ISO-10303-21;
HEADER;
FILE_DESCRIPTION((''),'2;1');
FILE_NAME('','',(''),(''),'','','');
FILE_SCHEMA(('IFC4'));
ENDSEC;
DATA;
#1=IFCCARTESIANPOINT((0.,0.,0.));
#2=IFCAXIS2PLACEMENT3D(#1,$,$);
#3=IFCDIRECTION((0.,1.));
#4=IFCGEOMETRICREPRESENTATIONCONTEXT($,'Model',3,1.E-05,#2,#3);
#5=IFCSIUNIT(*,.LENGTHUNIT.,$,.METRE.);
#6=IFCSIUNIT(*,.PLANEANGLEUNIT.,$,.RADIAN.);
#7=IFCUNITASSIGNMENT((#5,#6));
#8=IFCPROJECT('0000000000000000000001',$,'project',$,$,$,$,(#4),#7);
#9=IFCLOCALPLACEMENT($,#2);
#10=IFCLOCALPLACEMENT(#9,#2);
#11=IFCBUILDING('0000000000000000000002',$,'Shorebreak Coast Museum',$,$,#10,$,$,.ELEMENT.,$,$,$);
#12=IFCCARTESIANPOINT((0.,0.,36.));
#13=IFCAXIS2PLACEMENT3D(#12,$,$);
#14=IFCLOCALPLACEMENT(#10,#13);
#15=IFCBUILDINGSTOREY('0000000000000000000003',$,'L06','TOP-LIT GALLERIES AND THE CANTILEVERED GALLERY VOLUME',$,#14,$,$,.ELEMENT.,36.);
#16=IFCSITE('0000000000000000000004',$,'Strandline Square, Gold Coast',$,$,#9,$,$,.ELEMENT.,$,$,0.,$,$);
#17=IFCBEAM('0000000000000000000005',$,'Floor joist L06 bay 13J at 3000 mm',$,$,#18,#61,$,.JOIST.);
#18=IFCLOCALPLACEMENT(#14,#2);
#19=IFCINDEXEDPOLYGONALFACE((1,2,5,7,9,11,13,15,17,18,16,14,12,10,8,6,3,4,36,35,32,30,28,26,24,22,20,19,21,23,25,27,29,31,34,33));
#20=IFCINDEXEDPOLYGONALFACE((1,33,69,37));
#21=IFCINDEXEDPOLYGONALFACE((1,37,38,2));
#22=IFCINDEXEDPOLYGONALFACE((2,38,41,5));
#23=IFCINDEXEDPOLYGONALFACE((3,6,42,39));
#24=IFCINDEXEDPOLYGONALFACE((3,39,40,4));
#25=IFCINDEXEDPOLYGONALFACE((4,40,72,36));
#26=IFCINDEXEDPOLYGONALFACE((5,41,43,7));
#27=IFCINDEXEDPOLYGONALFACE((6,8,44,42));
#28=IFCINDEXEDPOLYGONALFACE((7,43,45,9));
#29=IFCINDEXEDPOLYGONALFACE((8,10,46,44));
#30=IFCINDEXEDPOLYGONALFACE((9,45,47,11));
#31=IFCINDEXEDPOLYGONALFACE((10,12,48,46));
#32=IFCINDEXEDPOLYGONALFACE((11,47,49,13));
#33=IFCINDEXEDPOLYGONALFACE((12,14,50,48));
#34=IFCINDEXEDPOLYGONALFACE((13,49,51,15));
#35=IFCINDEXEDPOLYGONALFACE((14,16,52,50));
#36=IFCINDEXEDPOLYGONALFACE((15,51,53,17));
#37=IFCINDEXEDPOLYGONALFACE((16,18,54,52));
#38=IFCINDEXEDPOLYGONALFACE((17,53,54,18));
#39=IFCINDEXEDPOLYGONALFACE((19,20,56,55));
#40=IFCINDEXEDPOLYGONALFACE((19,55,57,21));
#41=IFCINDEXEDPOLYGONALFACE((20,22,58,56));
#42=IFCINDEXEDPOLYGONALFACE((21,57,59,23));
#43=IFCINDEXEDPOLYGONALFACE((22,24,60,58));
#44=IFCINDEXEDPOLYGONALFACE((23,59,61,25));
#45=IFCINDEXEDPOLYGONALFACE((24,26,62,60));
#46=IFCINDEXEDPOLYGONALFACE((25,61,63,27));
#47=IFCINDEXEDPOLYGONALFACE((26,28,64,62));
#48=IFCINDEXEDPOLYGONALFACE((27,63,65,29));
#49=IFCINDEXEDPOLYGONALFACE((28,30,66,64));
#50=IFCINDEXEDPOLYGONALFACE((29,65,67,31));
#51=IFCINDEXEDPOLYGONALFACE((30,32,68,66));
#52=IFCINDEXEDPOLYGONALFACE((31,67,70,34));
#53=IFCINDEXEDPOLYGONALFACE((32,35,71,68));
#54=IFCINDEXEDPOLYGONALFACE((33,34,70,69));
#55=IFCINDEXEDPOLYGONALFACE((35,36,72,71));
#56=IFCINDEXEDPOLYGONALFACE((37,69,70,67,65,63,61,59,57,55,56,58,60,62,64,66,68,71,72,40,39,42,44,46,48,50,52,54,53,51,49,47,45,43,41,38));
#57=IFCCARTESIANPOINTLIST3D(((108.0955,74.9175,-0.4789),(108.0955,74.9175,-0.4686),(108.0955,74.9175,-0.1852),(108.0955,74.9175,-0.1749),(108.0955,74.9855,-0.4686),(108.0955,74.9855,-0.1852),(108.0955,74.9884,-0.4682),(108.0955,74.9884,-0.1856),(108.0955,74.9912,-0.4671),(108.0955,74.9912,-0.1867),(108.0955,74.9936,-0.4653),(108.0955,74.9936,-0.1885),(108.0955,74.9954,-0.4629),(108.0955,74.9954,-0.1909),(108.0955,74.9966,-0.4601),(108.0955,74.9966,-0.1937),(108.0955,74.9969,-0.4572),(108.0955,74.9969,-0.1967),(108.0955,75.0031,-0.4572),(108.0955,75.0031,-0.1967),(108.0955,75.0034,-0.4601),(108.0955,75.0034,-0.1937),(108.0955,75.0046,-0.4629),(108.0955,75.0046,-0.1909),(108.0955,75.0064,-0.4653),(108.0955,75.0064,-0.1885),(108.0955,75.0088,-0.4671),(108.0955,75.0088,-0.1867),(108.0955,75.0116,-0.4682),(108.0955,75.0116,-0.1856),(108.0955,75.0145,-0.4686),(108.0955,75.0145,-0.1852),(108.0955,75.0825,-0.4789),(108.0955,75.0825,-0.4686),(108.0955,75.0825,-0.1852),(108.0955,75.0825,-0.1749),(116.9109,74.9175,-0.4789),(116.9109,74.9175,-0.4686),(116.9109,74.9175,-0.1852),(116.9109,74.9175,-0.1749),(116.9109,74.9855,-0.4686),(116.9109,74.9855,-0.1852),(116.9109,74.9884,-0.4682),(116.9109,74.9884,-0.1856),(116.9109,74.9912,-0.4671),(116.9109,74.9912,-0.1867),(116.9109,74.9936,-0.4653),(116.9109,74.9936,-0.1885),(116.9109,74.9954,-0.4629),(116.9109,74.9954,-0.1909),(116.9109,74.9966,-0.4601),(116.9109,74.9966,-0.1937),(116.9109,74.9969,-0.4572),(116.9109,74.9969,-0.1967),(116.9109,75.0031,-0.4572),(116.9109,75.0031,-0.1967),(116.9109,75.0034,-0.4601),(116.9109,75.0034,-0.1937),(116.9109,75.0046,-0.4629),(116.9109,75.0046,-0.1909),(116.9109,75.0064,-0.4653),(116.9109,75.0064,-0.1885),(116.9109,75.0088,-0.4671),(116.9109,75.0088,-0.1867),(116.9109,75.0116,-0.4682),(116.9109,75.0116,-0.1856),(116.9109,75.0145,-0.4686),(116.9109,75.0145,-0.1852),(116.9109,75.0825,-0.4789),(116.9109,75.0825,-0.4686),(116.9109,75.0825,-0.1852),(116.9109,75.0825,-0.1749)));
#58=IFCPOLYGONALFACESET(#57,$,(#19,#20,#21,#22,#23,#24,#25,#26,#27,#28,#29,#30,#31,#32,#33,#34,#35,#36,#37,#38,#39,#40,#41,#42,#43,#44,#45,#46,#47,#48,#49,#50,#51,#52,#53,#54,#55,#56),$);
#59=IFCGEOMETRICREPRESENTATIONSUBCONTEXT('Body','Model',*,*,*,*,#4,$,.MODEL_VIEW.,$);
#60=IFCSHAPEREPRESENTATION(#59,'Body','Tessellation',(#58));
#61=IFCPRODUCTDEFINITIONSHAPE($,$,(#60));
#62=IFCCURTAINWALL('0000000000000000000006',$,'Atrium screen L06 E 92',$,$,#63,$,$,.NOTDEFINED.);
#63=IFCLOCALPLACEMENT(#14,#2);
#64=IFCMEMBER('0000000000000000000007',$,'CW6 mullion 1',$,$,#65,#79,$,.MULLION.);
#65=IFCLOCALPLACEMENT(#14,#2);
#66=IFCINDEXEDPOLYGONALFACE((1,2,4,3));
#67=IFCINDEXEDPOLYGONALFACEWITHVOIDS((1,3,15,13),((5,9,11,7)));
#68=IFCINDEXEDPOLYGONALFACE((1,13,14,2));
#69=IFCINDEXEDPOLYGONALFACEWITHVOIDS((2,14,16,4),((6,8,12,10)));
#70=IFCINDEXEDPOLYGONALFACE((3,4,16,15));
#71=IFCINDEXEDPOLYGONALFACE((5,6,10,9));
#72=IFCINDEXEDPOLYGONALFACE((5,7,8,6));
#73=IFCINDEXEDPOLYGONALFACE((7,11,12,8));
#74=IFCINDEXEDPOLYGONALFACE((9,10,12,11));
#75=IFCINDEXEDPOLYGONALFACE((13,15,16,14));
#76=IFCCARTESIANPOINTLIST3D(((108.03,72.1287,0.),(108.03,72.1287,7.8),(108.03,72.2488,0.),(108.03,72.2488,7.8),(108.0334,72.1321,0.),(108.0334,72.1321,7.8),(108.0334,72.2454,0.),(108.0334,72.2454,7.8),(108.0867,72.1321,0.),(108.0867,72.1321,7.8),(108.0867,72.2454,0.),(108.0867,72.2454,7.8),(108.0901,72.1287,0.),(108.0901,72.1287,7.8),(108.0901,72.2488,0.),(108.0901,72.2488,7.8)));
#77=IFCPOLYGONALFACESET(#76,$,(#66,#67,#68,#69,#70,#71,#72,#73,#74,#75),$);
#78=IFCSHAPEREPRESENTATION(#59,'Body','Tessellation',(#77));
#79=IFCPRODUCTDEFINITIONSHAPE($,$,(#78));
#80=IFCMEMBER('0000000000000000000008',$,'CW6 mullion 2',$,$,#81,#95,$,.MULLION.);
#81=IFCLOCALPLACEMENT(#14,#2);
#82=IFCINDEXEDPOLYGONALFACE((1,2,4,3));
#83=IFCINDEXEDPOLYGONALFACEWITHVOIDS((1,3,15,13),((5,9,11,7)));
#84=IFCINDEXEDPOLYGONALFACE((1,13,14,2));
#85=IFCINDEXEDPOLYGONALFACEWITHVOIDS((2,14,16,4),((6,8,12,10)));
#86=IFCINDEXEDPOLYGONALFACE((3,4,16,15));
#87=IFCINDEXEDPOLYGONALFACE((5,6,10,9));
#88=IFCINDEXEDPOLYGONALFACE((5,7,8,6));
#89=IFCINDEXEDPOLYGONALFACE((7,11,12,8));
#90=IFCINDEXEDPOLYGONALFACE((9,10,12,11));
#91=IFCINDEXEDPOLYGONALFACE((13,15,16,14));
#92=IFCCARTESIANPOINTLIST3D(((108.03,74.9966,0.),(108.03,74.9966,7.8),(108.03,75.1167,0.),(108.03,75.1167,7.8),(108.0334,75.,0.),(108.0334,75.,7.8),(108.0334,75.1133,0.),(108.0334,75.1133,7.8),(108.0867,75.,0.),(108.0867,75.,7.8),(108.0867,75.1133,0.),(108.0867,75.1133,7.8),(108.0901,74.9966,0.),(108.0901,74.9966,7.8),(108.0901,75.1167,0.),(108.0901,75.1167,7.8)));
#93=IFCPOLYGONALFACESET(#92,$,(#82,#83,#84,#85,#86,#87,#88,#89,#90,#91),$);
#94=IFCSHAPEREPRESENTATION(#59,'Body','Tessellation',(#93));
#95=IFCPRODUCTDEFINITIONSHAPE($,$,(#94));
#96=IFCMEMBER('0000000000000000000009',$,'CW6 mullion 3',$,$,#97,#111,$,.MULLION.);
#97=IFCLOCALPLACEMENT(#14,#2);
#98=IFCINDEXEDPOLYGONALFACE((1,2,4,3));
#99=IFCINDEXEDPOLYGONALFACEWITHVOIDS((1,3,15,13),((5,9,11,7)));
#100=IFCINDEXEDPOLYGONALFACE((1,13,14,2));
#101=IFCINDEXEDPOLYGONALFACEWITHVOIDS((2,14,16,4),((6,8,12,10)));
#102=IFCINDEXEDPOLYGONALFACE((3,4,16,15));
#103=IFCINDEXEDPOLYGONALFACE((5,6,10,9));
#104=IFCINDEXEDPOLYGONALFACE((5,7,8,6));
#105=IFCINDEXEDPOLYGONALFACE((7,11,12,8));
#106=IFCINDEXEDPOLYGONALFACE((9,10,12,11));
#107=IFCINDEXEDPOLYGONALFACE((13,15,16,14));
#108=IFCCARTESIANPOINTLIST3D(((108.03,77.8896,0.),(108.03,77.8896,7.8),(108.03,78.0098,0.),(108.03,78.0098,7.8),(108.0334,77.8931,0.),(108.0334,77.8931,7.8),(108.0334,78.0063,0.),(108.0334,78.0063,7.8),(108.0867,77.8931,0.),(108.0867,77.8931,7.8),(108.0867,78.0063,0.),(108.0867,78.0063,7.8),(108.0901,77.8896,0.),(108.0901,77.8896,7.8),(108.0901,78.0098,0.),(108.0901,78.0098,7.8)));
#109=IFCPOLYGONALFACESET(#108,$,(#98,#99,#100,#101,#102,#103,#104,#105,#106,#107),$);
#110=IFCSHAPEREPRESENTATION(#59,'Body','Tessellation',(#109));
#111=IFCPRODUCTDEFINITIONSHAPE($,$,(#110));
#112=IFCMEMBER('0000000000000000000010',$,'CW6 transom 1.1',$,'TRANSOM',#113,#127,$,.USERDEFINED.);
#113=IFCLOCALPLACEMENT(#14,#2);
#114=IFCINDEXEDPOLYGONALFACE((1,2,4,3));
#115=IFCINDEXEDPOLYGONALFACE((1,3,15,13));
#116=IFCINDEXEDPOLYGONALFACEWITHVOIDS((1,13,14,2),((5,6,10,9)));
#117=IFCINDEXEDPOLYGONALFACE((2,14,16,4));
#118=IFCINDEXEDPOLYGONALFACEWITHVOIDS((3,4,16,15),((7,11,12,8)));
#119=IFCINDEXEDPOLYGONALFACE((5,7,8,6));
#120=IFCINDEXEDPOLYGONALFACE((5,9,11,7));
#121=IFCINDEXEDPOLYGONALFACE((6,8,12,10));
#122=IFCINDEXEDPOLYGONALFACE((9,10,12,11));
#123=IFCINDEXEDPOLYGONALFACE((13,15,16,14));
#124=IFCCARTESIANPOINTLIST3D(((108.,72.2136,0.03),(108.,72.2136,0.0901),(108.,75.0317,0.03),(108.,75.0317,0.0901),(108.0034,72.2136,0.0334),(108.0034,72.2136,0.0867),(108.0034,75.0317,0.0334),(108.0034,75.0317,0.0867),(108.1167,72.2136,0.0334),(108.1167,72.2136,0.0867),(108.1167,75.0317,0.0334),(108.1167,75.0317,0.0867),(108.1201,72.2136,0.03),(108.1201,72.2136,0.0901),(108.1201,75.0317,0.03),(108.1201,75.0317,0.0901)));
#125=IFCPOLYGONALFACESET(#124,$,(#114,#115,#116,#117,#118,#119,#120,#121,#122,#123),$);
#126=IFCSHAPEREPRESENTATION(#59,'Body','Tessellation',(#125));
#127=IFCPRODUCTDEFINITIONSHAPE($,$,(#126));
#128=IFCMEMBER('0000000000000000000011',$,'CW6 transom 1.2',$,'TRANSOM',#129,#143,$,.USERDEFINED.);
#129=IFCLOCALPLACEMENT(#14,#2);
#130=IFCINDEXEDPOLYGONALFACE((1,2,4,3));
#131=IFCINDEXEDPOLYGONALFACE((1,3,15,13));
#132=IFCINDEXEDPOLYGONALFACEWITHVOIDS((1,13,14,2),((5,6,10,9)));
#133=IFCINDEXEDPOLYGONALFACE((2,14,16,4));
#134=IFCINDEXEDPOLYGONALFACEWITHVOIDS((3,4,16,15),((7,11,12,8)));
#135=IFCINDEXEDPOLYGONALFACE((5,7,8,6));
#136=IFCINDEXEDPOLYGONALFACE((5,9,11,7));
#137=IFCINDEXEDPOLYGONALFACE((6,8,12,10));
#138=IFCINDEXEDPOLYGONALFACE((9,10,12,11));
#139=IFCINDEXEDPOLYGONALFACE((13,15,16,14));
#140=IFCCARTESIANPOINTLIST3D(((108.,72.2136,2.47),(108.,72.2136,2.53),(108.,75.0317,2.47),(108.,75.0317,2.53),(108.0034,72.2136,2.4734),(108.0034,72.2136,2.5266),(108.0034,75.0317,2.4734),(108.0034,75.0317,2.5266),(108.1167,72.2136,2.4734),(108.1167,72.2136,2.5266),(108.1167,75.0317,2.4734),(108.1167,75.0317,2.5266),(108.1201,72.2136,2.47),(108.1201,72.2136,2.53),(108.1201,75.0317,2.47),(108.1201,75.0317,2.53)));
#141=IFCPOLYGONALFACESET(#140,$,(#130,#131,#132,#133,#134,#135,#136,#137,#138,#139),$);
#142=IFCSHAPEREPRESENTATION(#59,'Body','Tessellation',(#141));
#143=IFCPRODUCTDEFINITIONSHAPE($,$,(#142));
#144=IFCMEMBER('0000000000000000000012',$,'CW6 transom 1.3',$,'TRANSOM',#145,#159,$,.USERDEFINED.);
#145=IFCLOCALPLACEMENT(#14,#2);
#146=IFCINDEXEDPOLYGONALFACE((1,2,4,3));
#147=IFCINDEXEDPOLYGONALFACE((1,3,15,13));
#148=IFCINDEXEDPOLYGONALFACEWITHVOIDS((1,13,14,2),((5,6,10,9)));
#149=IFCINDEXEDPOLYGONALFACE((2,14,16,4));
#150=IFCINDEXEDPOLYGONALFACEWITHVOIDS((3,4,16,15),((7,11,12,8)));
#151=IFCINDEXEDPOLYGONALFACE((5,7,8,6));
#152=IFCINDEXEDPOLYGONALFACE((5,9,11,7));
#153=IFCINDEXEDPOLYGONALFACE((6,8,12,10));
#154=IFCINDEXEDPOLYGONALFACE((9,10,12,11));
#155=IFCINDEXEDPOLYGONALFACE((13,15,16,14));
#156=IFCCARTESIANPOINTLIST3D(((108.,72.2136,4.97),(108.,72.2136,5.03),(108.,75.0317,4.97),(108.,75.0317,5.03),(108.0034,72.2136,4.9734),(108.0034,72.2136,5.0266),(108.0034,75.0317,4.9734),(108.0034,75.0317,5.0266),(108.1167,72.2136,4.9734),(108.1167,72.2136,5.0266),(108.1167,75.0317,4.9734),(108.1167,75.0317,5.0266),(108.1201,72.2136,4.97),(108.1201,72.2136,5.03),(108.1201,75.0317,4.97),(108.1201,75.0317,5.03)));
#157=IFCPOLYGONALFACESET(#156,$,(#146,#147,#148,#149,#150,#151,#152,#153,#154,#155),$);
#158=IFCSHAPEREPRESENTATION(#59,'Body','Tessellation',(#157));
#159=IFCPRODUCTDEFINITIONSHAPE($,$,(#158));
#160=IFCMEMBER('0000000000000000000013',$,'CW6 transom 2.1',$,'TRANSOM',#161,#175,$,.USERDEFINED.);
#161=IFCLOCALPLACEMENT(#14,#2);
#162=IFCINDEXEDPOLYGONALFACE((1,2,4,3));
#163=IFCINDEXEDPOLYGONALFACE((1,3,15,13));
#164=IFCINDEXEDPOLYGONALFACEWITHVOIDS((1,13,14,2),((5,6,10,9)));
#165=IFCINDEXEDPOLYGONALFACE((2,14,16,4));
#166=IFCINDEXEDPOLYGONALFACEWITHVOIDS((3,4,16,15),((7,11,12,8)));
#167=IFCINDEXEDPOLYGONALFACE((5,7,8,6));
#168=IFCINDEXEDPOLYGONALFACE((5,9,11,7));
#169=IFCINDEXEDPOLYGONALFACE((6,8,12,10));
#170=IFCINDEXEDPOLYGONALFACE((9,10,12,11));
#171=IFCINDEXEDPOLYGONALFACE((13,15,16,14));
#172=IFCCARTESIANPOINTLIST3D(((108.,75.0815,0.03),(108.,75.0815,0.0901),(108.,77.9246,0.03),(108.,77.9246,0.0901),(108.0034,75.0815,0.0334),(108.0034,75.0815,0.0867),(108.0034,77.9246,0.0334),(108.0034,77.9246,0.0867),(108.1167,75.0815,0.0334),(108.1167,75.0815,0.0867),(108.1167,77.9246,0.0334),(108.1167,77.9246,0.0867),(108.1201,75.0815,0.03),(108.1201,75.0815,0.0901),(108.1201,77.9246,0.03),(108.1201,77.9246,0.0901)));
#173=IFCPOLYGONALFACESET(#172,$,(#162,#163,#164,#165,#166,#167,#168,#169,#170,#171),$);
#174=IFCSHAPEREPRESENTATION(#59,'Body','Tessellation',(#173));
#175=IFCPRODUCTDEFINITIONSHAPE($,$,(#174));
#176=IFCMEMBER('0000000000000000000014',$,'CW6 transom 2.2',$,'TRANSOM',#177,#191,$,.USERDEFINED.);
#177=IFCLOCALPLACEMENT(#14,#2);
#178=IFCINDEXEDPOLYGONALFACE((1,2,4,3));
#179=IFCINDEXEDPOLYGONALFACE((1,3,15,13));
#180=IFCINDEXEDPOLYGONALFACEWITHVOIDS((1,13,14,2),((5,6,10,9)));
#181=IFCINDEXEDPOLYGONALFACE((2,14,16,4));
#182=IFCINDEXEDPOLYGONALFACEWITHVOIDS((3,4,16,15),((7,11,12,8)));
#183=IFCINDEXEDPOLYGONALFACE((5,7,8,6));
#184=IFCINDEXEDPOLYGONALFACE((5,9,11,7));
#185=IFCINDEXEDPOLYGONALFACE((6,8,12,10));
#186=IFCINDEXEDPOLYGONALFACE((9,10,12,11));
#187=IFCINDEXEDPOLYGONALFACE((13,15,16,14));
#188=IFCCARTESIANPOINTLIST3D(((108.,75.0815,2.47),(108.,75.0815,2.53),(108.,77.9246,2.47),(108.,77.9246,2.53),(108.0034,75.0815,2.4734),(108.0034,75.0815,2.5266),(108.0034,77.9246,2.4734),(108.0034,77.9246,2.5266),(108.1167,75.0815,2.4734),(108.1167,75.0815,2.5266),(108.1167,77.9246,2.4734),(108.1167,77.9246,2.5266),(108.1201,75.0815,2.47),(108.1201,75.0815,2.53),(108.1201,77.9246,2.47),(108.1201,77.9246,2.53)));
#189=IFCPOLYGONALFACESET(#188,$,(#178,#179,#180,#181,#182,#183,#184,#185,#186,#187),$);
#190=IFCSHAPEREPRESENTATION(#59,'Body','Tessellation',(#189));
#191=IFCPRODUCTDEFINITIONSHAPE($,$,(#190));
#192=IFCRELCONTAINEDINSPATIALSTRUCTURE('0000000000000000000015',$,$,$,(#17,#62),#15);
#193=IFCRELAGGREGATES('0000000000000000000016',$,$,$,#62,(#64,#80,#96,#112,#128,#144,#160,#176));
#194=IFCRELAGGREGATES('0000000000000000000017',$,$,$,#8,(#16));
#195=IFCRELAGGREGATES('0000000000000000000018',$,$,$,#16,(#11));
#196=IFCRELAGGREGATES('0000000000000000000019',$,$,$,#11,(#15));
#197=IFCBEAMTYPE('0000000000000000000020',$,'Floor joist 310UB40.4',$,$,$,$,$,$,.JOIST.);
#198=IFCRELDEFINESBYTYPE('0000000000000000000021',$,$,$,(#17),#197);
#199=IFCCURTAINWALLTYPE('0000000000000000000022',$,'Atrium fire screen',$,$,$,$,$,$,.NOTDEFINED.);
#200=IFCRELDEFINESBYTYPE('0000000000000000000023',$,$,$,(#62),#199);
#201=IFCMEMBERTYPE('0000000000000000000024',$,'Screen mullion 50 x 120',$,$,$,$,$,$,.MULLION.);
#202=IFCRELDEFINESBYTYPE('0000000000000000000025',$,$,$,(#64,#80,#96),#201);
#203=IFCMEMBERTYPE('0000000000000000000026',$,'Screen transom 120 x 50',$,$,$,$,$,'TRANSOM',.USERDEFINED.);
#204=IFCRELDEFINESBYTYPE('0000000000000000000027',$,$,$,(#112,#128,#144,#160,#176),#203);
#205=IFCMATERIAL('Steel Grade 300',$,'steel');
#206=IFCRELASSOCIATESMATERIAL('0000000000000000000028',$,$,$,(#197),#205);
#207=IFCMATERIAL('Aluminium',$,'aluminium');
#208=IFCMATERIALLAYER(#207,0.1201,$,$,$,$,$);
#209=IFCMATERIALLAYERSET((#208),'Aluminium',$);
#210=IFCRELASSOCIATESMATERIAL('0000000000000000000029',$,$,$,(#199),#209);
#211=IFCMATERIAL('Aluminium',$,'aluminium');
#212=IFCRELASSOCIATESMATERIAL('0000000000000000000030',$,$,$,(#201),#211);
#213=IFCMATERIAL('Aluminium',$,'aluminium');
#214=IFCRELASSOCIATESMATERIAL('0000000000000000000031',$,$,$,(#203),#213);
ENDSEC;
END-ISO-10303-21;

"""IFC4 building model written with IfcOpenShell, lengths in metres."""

from ifc_helpers import new_model, si_unit, direction, frame, origin, origin_2d, place, context, subcontext, project, spatial, hollow_rectangle, i_section, extrude, material, layer, layer_set, material_profile, profile_set, type_object, element, aggregate, save


model = new_model("IFC4")

# Units and contexts
model_context = context("Model", 3, precision=1e-05, world=origin(), true_north=direction((0.0, 1.0)))
body_context = subcontext(model_context, "Body", "Model", "MODEL_VIEW")
ifc_project = project(units=[si_unit("LENGTHUNIT", "METRE"), si_unit("PLANEANGLEUNIT", "RADIAN")], contexts=[model_context])

# Site, building, storey
site_placement = place(None, origin())
site = spatial("IfcSite", under=ifc_project, at=site_placement, Name="Strandline Square, Gold Coast", CompositionType="ELEMENT", RefElevation=0.0)
building_placement = place(site_placement, origin())
building = spatial("IfcBuilding", under=site, at=building_placement, Name="Shorebreak Coast Museum", CompositionType="ELEMENT")
storey_placement = place(building_placement, frame((0.0, 0.0, 36.0)))
storey = spatial("IfcBuildingStorey", under=building, at=storey_placement, Name="L06", Description="TOP-LIT GALLERIES AND THE CANTILEVERED GALLERY VOLUME", CompositionType="ELEMENT", Elevation=36.0)

# Beam
ifc_material_1 = material(Name="Steel Grade 300", Category="steel")
ifc_material_profile_1 = material_profile(ifc_material_1, i_section(OverallWidth=0.165, OverallDepth=0.304, WebThickness=0.0061, FlangeThickness=0.0103, FilletRadius=0.0115, at=origin_2d()), Name="310UB40.4")
ifc_profile_set_1 = profile_set([ifc_material_profile_1], Name="Steel Grade 300")
beam_type_1 = type_object("IfcBeamType", Name="Floor joist 310UB40.4", PredefinedType="JOIST", material=ifc_profile_set_1)
beam_1_placement = place(storey_placement, frame((108.0955, 75.0, -0.3269), z_axis=(1.0, 0.0, 0.0), x_axis=(0.0, 1.0, 0.0)))
element("IfcBeam", 1, at=beam_1_placement, inside=storey, type_object=beam_type_1, Name="Floor joist L06 bay 13J at 3000 mm", PredefinedType="JOIST", context=body_context, shape_type="SweptSolid", body=[
    extrude(i_section(OverallWidth=0.165, OverallDepth=0.304, WebThickness=0.0061, FlangeThickness=0.0103, FilletRadius=0.0115, at=origin_2d()), origin(), (0.0, 0.0, 1.0), 8.8154),
])

# Curtain wall, members
ifc_material_2 = material(Name="Aluminium", Category="aluminium")
ifc_layer_1 = layer(ifc_material_2, 0.1201)
ifc_layer_set_1 = layer_set([ifc_layer_1], Name="Aluminium")
curtain_wall_type = type_object("IfcCurtainWallType", Name="Atrium fire screen", PredefinedType="NOTDEFINED", material=ifc_layer_set_1)
curtain_wall_placement = place(storey_placement, origin())
curtain_wall = element("IfcCurtainWall", 2, at=curtain_wall_placement, inside=storey, type_object=curtain_wall_type, Name="Atrium screen L06 E 92", PredefinedType="NOTDEFINED")
ifc_material_3 = material(Name="Aluminium", Category="aluminium")
ifc_material_profile_2 = material_profile(ifc_material_3, hollow_rectangle(XDim=0.0601, YDim=0.1201, WallThickness=0.0034, at=origin_2d()), Name="AL 120x60 RHS")
ifc_profile_set_2 = profile_set([ifc_material_profile_2], Name="Aluminium")
member_type_1 = type_object("IfcMemberType", Name="Screen mullion 50 x 120", PredefinedType="MULLION", material=ifc_profile_set_2)
member_1_placement = place(storey_placement, frame((108.0601, 72.1887, 0.0), z_axis=(0.0, 0.0, 1.0), x_axis=(-1.0, 0.0, 0.0)))
member_1 = element("IfcMember", 3, at=member_1_placement, type_object=member_type_1, Name="CW6 mullion 1", PredefinedType="MULLION", context=body_context, shape_type="SweptSolid", body=[
    extrude(hollow_rectangle(XDim=0.0601, YDim=0.1201, WallThickness=0.0034, at=origin_2d()), origin(), (0.0, 0.0, 1.0), 7.8),
])
member_2_placement = place(storey_placement, frame((108.0601, 75.0566, 0.0), z_axis=(0.0, 0.0, 1.0), x_axis=(-1.0, 0.0, 0.0)))
member_2 = element("IfcMember", 4, at=member_2_placement, type_object=member_type_1, Name="CW6 mullion 2", PredefinedType="MULLION", context=body_context, shape_type="SweptSolid", body=[
    extrude(hollow_rectangle(XDim=0.0601, YDim=0.1201, WallThickness=0.0034, at=origin_2d()), origin(), (0.0, 0.0, 1.0), 7.8),
])
member_3_placement = place(storey_placement, frame((108.0601, 77.9497, 0.0), z_axis=(0.0, 0.0, 1.0), x_axis=(-1.0, 0.0, 0.0)))
member_3 = element("IfcMember", 5, at=member_3_placement, type_object=member_type_1, Name="CW6 mullion 3", PredefinedType="MULLION", context=body_context, shape_type="SweptSolid", body=[
    extrude(hollow_rectangle(XDim=0.0601, YDim=0.1201, WallThickness=0.0034, at=origin_2d()), origin(), (0.0, 0.0, 1.0), 7.8),
])
ifc_material_4 = material(Name="Aluminium", Category="aluminium")
ifc_material_profile_3 = material_profile(ifc_material_4, hollow_rectangle(XDim=0.1201, YDim=0.0601, WallThickness=0.0034, at=origin_2d()), Name="AL 60x120 RHS")
ifc_profile_set_3 = profile_set([ifc_material_profile_3], Name="Aluminium")
member_type_2 = type_object("IfcMemberType", Name="Screen transom 120 x 50", ElementType="TRANSOM", PredefinedType="USERDEFINED", material=ifc_profile_set_3)
member_4_placement = place(storey_placement, frame((108.0601, 72.2136, 0.0601), z_axis=(0.0, 1.0, 0.0), x_axis=(-1.0, 0.0, 0.0)))
member_4 = element("IfcMember", 6, at=member_4_placement, type_object=member_type_2, Name="CW6 transom 1.1", ObjectType="TRANSOM", PredefinedType="USERDEFINED", context=body_context, shape_type="SweptSolid", body=[
    extrude(hollow_rectangle(XDim=0.1201, YDim=0.0601, WallThickness=0.0034, at=origin_2d()), origin(), (0.0, 0.0, 1.0), 2.8181),
])
member_5_placement = place(storey_placement, frame((108.0601, 72.2136, 2.5), z_axis=(0.0, 1.0, 0.0), x_axis=(-1.0, 0.0, 0.0)))
member_5 = element("IfcMember", 7, at=member_5_placement, type_object=member_type_2, Name="CW6 transom 1.2", ObjectType="TRANSOM", PredefinedType="USERDEFINED", context=body_context, shape_type="SweptSolid", body=[
    extrude(hollow_rectangle(XDim=0.1201, YDim=0.0601, WallThickness=0.0034, at=origin_2d()), origin(), (0.0, 0.0, 1.0), 2.8181),
])
member_6_placement = place(storey_placement, frame((108.0601, 72.2136, 5.0), z_axis=(0.0, 1.0, 0.0), x_axis=(-1.0, 0.0, 0.0)))
member_6 = element("IfcMember", 8, at=member_6_placement, type_object=member_type_2, Name="CW6 transom 1.3", ObjectType="TRANSOM", PredefinedType="USERDEFINED", context=body_context, shape_type="SweptSolid", body=[
    extrude(hollow_rectangle(XDim=0.1201, YDim=0.0601, WallThickness=0.0034, at=origin_2d()), origin(), (0.0, 0.0, 1.0), 2.8181),
])
member_7_placement = place(storey_placement, frame((108.0601, 75.0815, 0.0601), z_axis=(0.0, 1.0, 0.0), x_axis=(-1.0, 0.0, 0.0)))
member_7 = element("IfcMember", 9, at=member_7_placement, type_object=member_type_2, Name="CW6 transom 2.1", ObjectType="TRANSOM", PredefinedType="USERDEFINED", context=body_context, shape_type="SweptSolid", body=[
    extrude(hollow_rectangle(XDim=0.1201, YDim=0.0601, WallThickness=0.0034, at=origin_2d()), origin(), (0.0, 0.0, 1.0), 2.843),
])
member_8_placement = place(storey_placement, frame((108.0601, 75.0815, 2.5), z_axis=(0.0, 1.0, 0.0), x_axis=(-1.0, 0.0, 0.0)))
member_8 = element("IfcMember", 10, at=member_8_placement, type_object=member_type_2, Name="CW6 transom 2.2", ObjectType="TRANSOM", PredefinedType="USERDEFINED", context=body_context, shape_type="SweptSolid", body=[
    extrude(hollow_rectangle(XDim=0.1201, YDim=0.0601, WallThickness=0.0034, at=origin_2d()), origin(), (0.0, 0.0, 1.0), 2.843),
])
aggregate(curtain_wall, [member_1, member_2, member_3, member_4, member_5, member_6, member_7, member_8])

save(model, "model.ifc")
